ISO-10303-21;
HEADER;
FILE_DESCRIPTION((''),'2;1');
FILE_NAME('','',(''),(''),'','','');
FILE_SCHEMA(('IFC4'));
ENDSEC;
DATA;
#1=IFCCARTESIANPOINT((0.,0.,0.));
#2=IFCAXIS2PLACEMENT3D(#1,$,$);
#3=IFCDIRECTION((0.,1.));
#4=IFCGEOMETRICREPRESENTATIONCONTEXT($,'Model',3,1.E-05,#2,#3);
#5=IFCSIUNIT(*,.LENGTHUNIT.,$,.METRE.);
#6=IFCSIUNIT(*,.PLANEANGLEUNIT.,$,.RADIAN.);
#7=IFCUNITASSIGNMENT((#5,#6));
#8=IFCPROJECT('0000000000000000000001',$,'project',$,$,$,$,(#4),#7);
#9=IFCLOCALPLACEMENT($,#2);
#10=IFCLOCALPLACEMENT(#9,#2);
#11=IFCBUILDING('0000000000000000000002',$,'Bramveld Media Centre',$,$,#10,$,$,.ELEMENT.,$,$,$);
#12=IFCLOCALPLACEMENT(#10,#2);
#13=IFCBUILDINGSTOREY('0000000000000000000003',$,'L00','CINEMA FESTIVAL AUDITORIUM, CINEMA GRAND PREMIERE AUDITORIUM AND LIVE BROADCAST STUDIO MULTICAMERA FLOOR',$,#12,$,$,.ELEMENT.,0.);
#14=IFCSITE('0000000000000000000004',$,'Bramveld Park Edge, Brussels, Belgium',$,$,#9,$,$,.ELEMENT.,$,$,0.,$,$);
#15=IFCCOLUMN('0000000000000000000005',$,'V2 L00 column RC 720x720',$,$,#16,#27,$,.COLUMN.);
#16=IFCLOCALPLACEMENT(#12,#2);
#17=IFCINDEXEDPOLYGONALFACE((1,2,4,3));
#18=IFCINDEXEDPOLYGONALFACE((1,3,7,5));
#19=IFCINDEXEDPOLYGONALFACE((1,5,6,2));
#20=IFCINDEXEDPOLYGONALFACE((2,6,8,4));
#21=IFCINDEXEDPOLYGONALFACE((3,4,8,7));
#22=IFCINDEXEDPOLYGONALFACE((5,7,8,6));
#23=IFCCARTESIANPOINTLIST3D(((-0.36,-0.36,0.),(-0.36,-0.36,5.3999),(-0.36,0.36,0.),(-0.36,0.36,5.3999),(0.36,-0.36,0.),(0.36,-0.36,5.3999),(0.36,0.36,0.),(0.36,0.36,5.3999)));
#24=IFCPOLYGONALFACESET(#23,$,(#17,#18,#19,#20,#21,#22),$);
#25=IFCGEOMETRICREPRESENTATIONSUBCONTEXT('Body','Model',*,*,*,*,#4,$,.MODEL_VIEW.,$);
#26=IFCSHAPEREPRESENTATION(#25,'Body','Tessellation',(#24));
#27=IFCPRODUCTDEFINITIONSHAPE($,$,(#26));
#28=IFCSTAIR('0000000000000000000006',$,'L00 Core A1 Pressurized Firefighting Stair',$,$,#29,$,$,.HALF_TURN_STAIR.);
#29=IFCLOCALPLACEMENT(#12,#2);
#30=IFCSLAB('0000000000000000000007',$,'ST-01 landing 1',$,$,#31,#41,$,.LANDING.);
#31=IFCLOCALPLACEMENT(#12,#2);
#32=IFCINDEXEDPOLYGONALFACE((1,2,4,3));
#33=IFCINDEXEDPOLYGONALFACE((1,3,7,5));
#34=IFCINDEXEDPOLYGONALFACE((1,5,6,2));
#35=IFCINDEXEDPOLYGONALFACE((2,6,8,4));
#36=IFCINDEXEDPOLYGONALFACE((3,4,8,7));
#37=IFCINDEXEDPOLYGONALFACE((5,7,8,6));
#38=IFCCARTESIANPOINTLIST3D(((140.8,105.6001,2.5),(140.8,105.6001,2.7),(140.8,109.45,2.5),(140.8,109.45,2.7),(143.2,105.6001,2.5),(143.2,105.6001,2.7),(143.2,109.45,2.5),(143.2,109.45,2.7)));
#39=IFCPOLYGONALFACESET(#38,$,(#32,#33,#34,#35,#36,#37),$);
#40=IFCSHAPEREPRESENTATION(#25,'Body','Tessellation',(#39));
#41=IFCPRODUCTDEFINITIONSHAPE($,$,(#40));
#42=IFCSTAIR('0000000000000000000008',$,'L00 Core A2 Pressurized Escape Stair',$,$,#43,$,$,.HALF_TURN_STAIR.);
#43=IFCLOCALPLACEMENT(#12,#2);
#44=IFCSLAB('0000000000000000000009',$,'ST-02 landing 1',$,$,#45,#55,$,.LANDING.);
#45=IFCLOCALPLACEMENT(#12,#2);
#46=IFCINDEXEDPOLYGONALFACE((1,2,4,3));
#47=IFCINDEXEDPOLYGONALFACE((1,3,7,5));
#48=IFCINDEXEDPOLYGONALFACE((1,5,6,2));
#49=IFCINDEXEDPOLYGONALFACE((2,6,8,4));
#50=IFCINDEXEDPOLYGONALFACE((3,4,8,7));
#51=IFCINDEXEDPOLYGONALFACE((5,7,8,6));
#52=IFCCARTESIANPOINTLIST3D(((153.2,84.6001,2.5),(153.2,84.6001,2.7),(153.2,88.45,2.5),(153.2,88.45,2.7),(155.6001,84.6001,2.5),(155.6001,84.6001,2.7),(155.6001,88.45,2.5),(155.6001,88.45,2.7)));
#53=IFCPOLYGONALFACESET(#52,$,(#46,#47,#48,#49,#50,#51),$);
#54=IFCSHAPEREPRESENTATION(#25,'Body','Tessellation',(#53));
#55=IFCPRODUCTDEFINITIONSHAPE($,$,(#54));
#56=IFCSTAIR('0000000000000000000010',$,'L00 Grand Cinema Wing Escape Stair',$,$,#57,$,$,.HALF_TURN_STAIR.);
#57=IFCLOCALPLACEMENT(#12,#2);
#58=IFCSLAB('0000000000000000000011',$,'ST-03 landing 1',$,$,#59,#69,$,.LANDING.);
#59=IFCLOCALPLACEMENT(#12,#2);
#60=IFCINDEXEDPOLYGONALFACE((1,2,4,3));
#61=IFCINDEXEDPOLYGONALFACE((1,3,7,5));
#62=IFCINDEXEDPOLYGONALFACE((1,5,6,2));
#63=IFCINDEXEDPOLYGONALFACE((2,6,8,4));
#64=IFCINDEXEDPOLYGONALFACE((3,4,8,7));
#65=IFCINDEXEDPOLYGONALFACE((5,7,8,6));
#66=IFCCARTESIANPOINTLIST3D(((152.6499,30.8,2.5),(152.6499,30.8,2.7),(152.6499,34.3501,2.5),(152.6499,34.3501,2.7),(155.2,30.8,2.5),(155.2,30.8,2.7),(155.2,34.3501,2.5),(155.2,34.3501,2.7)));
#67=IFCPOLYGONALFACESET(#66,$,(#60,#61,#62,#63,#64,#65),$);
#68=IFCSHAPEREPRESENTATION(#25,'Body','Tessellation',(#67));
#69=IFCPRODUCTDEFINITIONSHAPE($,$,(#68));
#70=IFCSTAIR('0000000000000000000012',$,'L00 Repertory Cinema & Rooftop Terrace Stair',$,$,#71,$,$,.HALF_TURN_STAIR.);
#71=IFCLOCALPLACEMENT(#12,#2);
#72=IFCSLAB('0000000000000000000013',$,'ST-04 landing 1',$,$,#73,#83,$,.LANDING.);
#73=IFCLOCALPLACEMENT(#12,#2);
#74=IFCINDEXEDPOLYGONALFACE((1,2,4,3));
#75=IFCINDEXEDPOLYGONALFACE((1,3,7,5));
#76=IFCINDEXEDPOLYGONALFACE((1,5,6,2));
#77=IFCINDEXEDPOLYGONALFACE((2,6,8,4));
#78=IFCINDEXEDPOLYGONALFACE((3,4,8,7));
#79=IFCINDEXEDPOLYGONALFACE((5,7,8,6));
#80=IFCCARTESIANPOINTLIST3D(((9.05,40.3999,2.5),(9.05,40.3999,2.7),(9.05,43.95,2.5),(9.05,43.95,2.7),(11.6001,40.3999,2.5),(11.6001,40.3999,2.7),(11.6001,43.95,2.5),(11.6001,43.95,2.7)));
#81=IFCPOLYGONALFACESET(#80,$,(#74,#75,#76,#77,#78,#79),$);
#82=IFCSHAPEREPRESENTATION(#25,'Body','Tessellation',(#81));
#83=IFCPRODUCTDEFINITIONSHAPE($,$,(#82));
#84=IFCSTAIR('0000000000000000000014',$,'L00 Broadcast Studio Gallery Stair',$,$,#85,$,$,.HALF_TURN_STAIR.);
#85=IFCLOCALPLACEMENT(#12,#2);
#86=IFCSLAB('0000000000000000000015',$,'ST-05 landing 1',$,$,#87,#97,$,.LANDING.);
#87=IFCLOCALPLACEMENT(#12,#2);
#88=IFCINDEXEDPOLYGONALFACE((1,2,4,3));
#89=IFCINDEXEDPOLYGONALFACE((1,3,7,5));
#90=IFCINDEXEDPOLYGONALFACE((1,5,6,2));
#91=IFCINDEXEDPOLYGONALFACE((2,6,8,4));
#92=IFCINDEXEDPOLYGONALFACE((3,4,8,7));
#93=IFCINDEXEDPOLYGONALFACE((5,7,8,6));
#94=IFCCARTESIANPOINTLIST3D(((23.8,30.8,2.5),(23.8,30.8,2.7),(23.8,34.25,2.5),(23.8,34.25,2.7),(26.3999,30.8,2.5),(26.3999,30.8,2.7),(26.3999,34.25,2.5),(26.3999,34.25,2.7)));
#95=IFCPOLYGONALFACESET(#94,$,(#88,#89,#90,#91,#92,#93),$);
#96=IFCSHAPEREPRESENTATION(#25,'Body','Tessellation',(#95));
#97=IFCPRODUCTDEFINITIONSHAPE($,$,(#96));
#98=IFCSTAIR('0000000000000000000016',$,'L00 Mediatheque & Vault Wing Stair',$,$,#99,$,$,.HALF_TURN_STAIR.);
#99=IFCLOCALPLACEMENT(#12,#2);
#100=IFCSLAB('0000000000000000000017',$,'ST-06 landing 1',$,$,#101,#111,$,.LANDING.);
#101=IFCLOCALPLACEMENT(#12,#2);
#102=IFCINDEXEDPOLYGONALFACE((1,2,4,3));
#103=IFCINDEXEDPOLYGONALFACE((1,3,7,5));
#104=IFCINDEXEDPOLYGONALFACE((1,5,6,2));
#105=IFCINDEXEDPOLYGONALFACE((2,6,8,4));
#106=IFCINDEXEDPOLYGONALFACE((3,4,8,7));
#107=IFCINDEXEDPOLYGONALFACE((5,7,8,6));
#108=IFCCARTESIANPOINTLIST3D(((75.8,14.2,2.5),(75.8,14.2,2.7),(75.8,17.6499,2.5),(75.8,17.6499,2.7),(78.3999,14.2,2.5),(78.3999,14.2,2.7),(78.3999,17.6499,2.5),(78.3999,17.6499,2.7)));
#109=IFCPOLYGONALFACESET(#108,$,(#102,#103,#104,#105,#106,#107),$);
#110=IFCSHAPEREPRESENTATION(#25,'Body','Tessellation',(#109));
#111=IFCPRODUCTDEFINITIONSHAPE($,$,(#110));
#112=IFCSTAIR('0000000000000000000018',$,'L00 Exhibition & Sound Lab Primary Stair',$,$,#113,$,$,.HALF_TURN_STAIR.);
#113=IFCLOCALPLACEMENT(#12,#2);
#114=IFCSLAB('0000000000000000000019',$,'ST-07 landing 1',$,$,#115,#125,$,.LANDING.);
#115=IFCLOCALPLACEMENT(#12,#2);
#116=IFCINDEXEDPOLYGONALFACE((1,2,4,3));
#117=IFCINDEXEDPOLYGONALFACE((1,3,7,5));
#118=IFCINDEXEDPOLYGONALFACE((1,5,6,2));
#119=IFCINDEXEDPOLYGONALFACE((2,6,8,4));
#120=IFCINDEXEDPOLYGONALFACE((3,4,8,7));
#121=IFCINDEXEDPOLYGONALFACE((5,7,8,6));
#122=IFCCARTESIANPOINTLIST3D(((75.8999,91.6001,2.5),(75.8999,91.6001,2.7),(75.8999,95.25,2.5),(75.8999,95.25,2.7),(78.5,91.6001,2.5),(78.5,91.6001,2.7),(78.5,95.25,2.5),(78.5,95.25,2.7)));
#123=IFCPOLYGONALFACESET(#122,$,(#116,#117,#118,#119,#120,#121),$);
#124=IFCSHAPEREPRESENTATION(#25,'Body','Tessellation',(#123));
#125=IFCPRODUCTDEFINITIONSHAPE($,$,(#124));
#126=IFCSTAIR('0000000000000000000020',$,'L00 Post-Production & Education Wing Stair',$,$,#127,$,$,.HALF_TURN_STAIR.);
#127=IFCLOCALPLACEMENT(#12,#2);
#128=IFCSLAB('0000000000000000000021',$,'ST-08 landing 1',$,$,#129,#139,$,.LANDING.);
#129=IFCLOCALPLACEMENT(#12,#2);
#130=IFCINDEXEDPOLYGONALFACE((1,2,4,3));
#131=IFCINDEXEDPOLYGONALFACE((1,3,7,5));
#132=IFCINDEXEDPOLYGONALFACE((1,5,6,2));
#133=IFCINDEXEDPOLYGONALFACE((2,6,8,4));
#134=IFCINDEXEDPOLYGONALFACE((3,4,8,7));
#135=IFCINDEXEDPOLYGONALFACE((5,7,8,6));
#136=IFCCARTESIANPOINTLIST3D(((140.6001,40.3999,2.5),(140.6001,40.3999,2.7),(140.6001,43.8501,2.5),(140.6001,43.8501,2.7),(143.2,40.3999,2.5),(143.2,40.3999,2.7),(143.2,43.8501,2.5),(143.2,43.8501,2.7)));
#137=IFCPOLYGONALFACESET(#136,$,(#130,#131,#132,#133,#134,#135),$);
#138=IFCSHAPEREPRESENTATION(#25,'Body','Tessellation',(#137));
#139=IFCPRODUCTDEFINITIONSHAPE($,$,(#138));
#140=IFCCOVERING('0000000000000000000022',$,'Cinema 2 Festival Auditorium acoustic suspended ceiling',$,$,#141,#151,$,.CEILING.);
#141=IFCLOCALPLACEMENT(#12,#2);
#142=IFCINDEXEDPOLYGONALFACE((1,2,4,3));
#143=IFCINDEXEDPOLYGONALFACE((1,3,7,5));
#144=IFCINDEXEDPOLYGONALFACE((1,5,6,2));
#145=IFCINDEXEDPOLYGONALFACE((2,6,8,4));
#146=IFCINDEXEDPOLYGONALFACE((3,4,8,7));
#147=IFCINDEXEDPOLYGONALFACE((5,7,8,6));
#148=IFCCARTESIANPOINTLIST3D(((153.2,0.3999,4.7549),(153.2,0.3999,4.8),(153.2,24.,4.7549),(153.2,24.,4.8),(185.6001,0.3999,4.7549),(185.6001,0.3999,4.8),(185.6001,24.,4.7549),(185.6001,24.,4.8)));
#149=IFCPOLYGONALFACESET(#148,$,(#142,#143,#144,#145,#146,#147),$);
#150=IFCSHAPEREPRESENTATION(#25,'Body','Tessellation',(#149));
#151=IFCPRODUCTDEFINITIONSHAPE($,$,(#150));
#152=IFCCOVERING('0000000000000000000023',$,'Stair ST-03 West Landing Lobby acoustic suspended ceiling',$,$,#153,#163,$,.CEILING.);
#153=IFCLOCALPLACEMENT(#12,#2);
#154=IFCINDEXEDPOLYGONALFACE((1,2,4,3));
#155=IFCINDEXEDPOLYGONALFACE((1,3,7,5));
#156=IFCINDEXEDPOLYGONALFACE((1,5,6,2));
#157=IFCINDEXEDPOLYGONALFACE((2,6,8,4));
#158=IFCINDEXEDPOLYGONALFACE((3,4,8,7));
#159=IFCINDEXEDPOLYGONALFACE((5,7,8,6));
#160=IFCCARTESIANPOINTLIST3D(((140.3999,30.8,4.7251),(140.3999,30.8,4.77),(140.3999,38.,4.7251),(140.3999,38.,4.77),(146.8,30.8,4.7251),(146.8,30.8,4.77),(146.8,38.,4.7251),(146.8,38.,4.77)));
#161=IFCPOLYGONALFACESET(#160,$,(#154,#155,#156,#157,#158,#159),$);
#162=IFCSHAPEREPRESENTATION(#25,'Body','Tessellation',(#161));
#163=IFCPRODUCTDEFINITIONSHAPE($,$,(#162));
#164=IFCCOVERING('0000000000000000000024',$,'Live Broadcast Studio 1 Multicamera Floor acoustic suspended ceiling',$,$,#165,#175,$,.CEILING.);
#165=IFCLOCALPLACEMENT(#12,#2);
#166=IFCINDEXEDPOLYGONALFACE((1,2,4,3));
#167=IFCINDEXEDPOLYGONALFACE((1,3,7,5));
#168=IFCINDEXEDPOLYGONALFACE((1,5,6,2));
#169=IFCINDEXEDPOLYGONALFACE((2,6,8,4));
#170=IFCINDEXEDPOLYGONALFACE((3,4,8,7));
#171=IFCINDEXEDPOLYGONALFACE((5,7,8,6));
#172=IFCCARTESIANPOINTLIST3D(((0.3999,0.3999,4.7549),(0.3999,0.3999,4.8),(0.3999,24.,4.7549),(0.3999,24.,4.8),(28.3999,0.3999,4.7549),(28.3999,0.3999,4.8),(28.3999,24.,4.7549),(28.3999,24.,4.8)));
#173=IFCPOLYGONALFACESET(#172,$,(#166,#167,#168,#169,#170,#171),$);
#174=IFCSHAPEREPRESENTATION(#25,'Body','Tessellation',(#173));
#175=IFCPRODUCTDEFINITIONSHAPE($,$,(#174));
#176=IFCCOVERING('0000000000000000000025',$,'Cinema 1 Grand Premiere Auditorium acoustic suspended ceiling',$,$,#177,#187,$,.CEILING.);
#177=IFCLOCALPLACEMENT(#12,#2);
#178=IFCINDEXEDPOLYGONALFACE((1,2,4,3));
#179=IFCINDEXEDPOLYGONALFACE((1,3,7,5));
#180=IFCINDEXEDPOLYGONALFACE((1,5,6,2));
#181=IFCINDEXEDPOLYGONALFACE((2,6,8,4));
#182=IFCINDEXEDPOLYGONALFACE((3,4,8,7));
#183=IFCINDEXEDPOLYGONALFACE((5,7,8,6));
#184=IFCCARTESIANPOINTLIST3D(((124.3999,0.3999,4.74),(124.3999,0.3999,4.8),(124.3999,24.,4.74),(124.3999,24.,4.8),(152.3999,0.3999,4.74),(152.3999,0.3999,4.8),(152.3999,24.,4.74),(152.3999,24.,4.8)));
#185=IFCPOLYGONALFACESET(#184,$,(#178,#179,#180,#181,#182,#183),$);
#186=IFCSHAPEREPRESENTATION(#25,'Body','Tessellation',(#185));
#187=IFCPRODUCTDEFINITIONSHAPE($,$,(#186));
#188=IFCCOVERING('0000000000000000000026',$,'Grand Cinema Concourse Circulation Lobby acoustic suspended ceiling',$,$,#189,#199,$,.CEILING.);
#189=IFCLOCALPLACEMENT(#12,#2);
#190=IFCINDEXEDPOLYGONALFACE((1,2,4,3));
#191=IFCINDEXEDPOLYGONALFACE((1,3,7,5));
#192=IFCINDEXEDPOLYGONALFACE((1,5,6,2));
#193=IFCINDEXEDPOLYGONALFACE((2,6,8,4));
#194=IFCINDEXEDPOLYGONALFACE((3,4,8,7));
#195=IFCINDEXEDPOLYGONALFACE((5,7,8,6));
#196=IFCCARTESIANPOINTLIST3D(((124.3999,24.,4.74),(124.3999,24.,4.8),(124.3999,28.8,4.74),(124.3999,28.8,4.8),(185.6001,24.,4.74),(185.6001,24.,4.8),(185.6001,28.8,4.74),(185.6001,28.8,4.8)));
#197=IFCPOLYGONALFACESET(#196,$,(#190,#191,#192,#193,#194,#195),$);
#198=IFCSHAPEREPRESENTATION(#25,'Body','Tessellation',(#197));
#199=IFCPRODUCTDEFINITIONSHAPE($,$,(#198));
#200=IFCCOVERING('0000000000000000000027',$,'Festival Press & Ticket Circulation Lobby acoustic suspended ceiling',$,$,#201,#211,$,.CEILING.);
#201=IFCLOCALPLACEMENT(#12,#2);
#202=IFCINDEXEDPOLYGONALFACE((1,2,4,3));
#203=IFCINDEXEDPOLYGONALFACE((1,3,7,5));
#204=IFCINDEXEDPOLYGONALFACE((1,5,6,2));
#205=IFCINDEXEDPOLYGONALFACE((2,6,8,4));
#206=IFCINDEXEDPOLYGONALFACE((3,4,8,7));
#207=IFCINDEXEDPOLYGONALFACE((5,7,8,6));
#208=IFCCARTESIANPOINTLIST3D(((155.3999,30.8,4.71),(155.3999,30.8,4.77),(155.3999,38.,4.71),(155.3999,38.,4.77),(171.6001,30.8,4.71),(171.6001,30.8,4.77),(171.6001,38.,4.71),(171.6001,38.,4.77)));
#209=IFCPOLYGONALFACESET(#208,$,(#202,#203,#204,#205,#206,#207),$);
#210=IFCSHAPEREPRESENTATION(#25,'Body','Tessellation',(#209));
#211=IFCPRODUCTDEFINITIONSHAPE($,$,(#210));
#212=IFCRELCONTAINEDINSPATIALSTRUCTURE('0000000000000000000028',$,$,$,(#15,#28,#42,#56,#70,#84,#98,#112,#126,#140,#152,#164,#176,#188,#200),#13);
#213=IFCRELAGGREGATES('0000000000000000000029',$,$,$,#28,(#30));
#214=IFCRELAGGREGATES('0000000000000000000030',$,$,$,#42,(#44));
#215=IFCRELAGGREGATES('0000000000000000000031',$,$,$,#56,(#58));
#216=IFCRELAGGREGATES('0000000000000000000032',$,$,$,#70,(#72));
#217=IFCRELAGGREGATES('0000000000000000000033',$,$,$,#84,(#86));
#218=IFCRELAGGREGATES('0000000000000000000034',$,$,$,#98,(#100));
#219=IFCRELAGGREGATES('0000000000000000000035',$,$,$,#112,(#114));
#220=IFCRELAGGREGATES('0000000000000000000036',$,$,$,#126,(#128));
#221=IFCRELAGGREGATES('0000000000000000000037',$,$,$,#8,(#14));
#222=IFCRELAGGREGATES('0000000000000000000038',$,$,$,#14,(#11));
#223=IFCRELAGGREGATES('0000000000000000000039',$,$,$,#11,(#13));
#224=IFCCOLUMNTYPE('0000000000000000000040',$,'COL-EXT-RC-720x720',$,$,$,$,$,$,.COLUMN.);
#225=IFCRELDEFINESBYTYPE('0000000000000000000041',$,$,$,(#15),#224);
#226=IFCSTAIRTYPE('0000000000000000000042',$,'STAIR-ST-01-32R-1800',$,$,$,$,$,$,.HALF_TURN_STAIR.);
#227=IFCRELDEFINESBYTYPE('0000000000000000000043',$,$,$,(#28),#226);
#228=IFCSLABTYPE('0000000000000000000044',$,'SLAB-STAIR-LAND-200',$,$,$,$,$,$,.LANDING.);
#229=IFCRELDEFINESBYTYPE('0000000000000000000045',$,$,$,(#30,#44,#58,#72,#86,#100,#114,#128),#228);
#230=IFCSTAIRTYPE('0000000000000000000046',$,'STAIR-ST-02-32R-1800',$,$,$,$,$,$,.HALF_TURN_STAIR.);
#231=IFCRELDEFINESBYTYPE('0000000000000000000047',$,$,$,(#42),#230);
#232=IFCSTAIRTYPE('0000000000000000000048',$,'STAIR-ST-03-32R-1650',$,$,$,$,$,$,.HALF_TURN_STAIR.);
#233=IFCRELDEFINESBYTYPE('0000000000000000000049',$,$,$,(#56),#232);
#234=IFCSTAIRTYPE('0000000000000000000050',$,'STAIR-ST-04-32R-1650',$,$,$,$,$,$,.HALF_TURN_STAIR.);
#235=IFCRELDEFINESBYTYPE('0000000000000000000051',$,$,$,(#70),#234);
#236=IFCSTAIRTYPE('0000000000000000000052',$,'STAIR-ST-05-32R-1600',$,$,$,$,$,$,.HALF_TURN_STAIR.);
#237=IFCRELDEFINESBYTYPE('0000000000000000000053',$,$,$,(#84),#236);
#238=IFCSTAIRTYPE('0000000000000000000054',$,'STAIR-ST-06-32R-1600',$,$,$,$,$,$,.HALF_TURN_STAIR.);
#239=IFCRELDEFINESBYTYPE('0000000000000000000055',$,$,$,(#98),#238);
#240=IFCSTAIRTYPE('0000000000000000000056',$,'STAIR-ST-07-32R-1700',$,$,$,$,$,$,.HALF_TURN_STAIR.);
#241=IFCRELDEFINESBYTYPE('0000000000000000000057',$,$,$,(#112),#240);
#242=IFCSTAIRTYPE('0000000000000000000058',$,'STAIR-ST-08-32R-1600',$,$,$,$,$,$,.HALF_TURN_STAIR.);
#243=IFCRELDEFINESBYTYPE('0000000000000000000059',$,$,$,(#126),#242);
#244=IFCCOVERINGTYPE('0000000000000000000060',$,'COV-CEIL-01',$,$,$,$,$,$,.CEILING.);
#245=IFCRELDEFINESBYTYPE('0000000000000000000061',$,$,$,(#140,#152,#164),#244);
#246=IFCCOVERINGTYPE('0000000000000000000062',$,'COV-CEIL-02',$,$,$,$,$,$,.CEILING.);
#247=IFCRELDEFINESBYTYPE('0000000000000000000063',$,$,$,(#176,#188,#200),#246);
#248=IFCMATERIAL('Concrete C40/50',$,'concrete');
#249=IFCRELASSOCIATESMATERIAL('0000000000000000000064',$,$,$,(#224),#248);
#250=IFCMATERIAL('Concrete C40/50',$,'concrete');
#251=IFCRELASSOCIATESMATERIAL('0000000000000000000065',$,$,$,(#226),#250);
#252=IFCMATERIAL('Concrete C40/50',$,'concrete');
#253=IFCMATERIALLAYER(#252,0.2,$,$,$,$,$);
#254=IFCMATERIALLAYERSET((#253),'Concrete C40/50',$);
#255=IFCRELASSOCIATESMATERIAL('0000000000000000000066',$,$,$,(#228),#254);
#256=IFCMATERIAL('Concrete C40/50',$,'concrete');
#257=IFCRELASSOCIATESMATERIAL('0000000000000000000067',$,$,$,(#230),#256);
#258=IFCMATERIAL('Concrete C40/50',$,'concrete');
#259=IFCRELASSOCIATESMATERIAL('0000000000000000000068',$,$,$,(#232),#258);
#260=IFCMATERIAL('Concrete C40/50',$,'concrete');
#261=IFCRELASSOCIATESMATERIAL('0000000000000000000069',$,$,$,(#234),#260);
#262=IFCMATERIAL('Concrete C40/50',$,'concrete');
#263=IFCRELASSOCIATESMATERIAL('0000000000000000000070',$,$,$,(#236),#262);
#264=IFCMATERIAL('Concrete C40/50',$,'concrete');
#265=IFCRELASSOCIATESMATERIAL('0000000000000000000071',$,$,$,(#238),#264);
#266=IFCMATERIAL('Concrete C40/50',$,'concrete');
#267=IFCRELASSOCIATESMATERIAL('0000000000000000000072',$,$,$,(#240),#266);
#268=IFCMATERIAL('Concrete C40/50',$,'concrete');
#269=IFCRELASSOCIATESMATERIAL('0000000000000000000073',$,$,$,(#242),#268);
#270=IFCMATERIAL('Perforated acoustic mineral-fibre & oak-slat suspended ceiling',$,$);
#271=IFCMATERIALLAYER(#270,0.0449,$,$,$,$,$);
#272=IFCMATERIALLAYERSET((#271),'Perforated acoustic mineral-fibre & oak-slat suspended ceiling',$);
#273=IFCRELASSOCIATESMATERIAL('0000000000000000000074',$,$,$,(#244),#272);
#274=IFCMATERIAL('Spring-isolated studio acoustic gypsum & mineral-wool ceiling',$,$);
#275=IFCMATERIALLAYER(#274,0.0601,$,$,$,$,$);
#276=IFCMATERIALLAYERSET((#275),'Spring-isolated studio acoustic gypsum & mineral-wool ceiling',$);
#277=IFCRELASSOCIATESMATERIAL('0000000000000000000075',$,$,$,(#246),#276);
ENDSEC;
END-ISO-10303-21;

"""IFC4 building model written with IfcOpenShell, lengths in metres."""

from ifc_helpers import new_model, si_unit, direction, frame, origin, origin_with_axes, origin_2d, place, context, subcontext, project, spatial, polyline, rectangle, outline, extrude, material, layer, layer_set, material_profile, profile_set, type_object, element, aggregate, save


model = new_model("IFC4")

# Units and contexts
model_context = context("Model", 3, precision=1e-05, world=origin(), true_north=direction((0.0, 1.0)))
body_context = subcontext(model_context, "Body", "Model", "MODEL_VIEW")
ifc_project = project(units=[si_unit("LENGTHUNIT", "METRE"), si_unit("PLANEANGLEUNIT", "RADIAN")], contexts=[model_context])

# Site, building, storey
site_placement = place(None, origin())
site = spatial("IfcSite", under=ifc_project, at=site_placement, Name="Bramveld Park Edge, Brussels, Belgium", CompositionType="ELEMENT", RefElevation=0.0)
building_placement = place(site_placement, origin())
building = spatial("IfcBuilding", under=site, at=building_placement, Name="Bramveld Media Centre", CompositionType="ELEMENT")
storey_placement = place(building_placement, origin())
storey = spatial("IfcBuildingStorey", under=building, at=storey_placement, Name="L00", Description="CINEMA FESTIVAL AUDITORIUM, CINEMA GRAND PREMIERE AUDITORIUM AND LIVE BROADCAST STUDIO MULTICAMERA FLOOR", CompositionType="ELEMENT", Elevation=0.0)

# Column
ifc_material_1 = material(Name="Concrete C40/50", Category="concrete")
ifc_material_profile = material_profile(ifc_material_1, rectangle(XDim=0.72, YDim=0.72, at=origin_2d()), Name="RC 720x720")
ifc_profile_set = profile_set([ifc_material_profile], Name="Concrete C40/50")
column_type = type_object("IfcColumnType", Name="COL-EXT-RC-720x720", PredefinedType="COLUMN", material=ifc_profile_set)
column_placement = place(storey_placement, origin_with_axes())
element("IfcColumn", 1, at=column_placement, inside=storey, type_object=column_type, Name="V2 L00 column RC 720x720", PredefinedType="COLUMN", context=body_context, shape_type="SweptSolid", body=[
    extrude(rectangle(XDim=0.72, YDim=0.72, at=origin_2d()), origin(), (0.0, 0.0, 1.0), 5.3999),
])

# Stairs, slabs
ifc_material_2 = material(Name="Concrete C40/50", Category="concrete")
stair_type_1 = type_object("IfcStairType", Name="STAIR-ST-01-32R-1800", PredefinedType="HALF_TURN_STAIR", material=ifc_material_2)
stair_1_placement = place(storey_placement, origin())
stair_1 = element("IfcStair", 2, at=stair_1_placement, inside=storey, type_object=stair_type_1, Name="L00 Core A1 Pressurized Firefighting Stair", PredefinedType="HALF_TURN_STAIR")
ifc_material_3 = material(Name="Concrete C40/50", Category="concrete")
ifc_layer_1 = layer(ifc_material_3, 0.2)
ifc_layer_set_1 = layer_set([ifc_layer_1], Name="Concrete C40/50")
slab_type = type_object("IfcSlabType", Name="SLAB-STAIR-LAND-200", PredefinedType="LANDING", material=ifc_layer_set_1)
slab_1_placement = place(storey_placement, frame((0.0, 0.0, 2.5)))
slab_1 = element("IfcSlab", 3, at=slab_1_placement, type_object=slab_type, Name="ST-01 landing 1", PredefinedType="LANDING", context=body_context, shape_type="SweptSolid", body=[
    extrude(outline(polyline([(140.8, 105.6001), (143.2, 105.6001), (143.2, 109.45), (140.8, 109.45), (140.8, 105.6001)])), origin(), (0.0, 0.0, 1.0), 0.2),
])
aggregate(stair_1, [slab_1])
ifc_material_4 = material(Name="Concrete C40/50", Category="concrete")
stair_type_2 = type_object("IfcStairType", Name="STAIR-ST-02-32R-1800", PredefinedType="HALF_TURN_STAIR", material=ifc_material_4)
stair_2_placement = place(storey_placement, origin())
stair_2 = element("IfcStair", 4, at=stair_2_placement, inside=storey, type_object=stair_type_2, Name="L00 Core A2 Pressurized Escape Stair", PredefinedType="HALF_TURN_STAIR")
slab_2_placement = place(storey_placement, frame((0.0, 0.0, 2.5)))
slab_2 = element("IfcSlab", 5, at=slab_2_placement, type_object=slab_type, Name="ST-02 landing 1", PredefinedType="LANDING", context=body_context, shape_type="SweptSolid", body=[
    extrude(outline(polyline([(153.2, 84.6001), (155.6001, 84.6001), (155.6001, 88.45), (153.2, 88.45), (153.2, 84.6001)])), origin(), (0.0, 0.0, 1.0), 0.2),
])
aggregate(stair_2, [slab_2])
ifc_material_5 = material(Name="Concrete C40/50", Category="concrete")
stair_type_3 = type_object("IfcStairType", Name="STAIR-ST-03-32R-1650", PredefinedType="HALF_TURN_STAIR", material=ifc_material_5)
stair_3_placement = place(storey_placement, origin())
stair_3 = element("IfcStair", 6, at=stair_3_placement, inside=storey, type_object=stair_type_3, Name="L00 Grand Cinema Wing Escape Stair", PredefinedType="HALF_TURN_STAIR")
slab_3_placement = place(storey_placement, frame((0.0, 0.0, 2.5)))
slab_3 = element("IfcSlab", 7, at=slab_3_placement, type_object=slab_type, Name="ST-03 landing 1", PredefinedType="LANDING", context=body_context, shape_type="SweptSolid", body=[
    extrude(outline(polyline([(152.6499, 30.8), (155.2, 30.8), (155.2, 34.3501), (152.6499, 34.3501), (152.6499, 30.8)])), origin(), (0.0, 0.0, 1.0), 0.2),
])
aggregate(stair_3, [slab_3])
ifc_material_6 = material(Name="Concrete C40/50", Category="concrete")
stair_type_4 = type_object("IfcStairType", Name="STAIR-ST-04-32R-1650", PredefinedType="HALF_TURN_STAIR", material=ifc_material_6)
stair_4_placement = place(storey_placement, origin())
stair_4 = element("IfcStair", 8, at=stair_4_placement, inside=storey, type_object=stair_type_4, Name="L00 Repertory Cinema & Rooftop Terrace Stair", PredefinedType="HALF_TURN_STAIR")
slab_4_placement = place(storey_placement, frame((0.0, 0.0, 2.5)))
slab_4 = element("IfcSlab", 9, at=slab_4_placement, type_object=slab_type, Name="ST-04 landing 1", PredefinedType="LANDING", context=body_context, shape_type="SweptSolid", body=[
    extrude(outline(polyline([(9.05, 40.3999), (11.6001, 40.3999), (11.6001, 43.95), (9.05, 43.95), (9.05, 40.3999)])), origin(), (0.0, 0.0, 1.0), 0.2),
])
aggregate(stair_4, [slab_4])
ifc_material_7 = material(Name="Concrete C40/50", Category="concrete")
stair_type_5 = type_object("IfcStairType", Name="STAIR-ST-05-32R-1600", PredefinedType="HALF_TURN_STAIR", material=ifc_material_7)
stair_5_placement = place(storey_placement, origin())
stair_5 = element("IfcStair", 10, at=stair_5_placement, inside=storey, type_object=stair_type_5, Name="L00 Broadcast Studio Gallery Stair", PredefinedType="HALF_TURN_STAIR")
slab_5_placement = place(storey_placement, frame((0.0, 0.0, 2.5)))
slab_5 = element("IfcSlab", 11, at=slab_5_placement, type_object=slab_type, Name="ST-05 landing 1", PredefinedType="LANDING", context=body_context, shape_type="SweptSolid", body=[
    extrude(outline(polyline([(23.8, 30.8), (26.3999, 30.8), (26.3999, 34.25), (23.8, 34.25), (23.8, 30.8)])), origin(), (0.0, 0.0, 1.0), 0.2),
])
aggregate(stair_5, [slab_5])
ifc_material_8 = material(Name="Concrete C40/50", Category="concrete")
stair_type_6 = type_object("IfcStairType", Name="STAIR-ST-06-32R-1600", PredefinedType="HALF_TURN_STAIR", material=ifc_material_8)
stair_6_placement = place(storey_placement, origin())
stair_6 = element("IfcStair", 12, at=stair_6_placement, inside=storey, type_object=stair_type_6, Name="L00 Mediatheque & Vault Wing Stair", PredefinedType="HALF_TURN_STAIR")
slab_6_placement = place(storey_placement, frame((0.0, 0.0, 2.5)))
slab_6 = element("IfcSlab", 13, at=slab_6_placement, type_object=slab_type, Name="ST-06 landing 1", PredefinedType="LANDING", context=body_context, shape_type="SweptSolid", body=[
    extrude(outline(polyline([(75.8, 14.2), (78.3999, 14.2), (78.3999, 17.6499), (75.8, 17.6499), (75.8, 14.2)])), origin(), (0.0, 0.0, 1.0), 0.2),
])
aggregate(stair_6, [slab_6])
ifc_material_9 = material(Name="Concrete C40/50", Category="concrete")
stair_type_7 = type_object("IfcStairType", Name="STAIR-ST-07-32R-1700", PredefinedType="HALF_TURN_STAIR", material=ifc_material_9)
stair_7_placement = place(storey_placement, origin())
stair_7 = element("IfcStair", 14, at=stair_7_placement, inside=storey, type_object=stair_type_7, Name="L00 Exhibition & Sound Lab Primary Stair", PredefinedType="HALF_TURN_STAIR")
slab_7_placement = place(storey_placement, frame((0.0, 0.0, 2.5)))
slab_7 = element("IfcSlab", 15, at=slab_7_placement, type_object=slab_type, Name="ST-07 landing 1", PredefinedType="LANDING", context=body_context, shape_type="SweptSolid", body=[
    extrude(outline(polyline([(75.8999, 91.6001), (78.5, 91.6001), (78.5, 95.25), (75.8999, 95.25), (75.8999, 91.6001)])), origin(), (0.0, 0.0, 1.0), 0.2),
])
aggregate(stair_7, [slab_7])
ifc_material_10 = material(Name="Concrete C40/50", Category="concrete")
stair_type_8 = type_object("IfcStairType", Name="STAIR-ST-08-32R-1600", PredefinedType="HALF_TURN_STAIR", material=ifc_material_10)
stair_8_placement = place(storey_placement, origin())
stair_8 = element("IfcStair", 16, at=stair_8_placement, inside=storey, type_object=stair_type_8, Name="L00 Post-Production & Education Wing Stair", PredefinedType="HALF_TURN_STAIR")
slab_8_placement = place(storey_placement, frame((0.0, 0.0, 2.5)))
slab_8 = element("IfcSlab", 17, at=slab_8_placement, type_object=slab_type, Name="ST-08 landing 1", PredefinedType="LANDING", context=body_context, shape_type="SweptSolid", body=[
    extrude(outline(polyline([(140.6001, 40.3999), (143.2, 40.3999), (143.2, 43.8501), (140.6001, 43.8501), (140.6001, 40.3999)])), origin(), (0.0, 0.0, 1.0), 0.2),
])
aggregate(stair_8, [slab_8])

# Coverings
ifc_material_11 = material(Name="Perforated acoustic mineral-fibre & oak-slat suspended ceiling")
ifc_layer_2 = layer(ifc_material_11, 0.0449)
ifc_layer_set_2 = layer_set([ifc_layer_2], Name="Perforated acoustic mineral-fibre & oak-slat suspended ceiling")
covering_type_1 = type_object("IfcCoveringType", Name="COV-CEIL-01", PredefinedType="CEILING", material=ifc_layer_set_2)
covering_1_placement = place(storey_placement, frame((0.0, 0.0, 4.7549)))
element("IfcCovering", 18, at=covering_1_placement, inside=storey, type_object=covering_type_1, Name="Cinema 2 Festival Auditorium acoustic suspended ceiling", PredefinedType="CEILING", context=body_context, shape_type="SweptSolid", body=[
    extrude(outline(polyline([(153.2, 0.3999), (185.6001, 0.3999), (185.6001, 24.0), (153.2, 24.0), (153.2, 0.3999)])), origin(), (0.0, 0.0, 1.0), 0.0452),
])
covering_2_placement = place(storey_placement, frame((0.0, 0.0, 4.7251)))
element("IfcCovering", 19, at=covering_2_placement, inside=storey, type_object=covering_type_1, Name="Stair ST-03 West Landing Lobby acoustic suspended ceiling", PredefinedType="CEILING", context=body_context, shape_type="SweptSolid", body=[
    extrude(outline(polyline([(140.3999, 30.8), (146.8, 30.8), (146.8, 38.0), (140.3999, 38.0), (140.3999, 30.8)])), origin(), (0.0, 0.0, 1.0), 0.0449),
])
covering_3_placement = place(storey_placement, frame((0.0, 0.0, 4.7549)))
element("IfcCovering", 20, at=covering_3_placement, inside=storey, type_object=covering_type_1, Name="Live Broadcast Studio 1 Multicamera Floor acoustic suspended ceiling", PredefinedType="CEILING", context=body_context, shape_type="SweptSolid", body=[
    extrude(outline(polyline([(0.3999, 0.3999), (28.3999, 0.3999), (28.3999, 24.0), (0.3999, 24.0), (0.3999, 0.3999)])), origin(), (0.0, 0.0, 1.0), 0.0452),
])
ifc_material_12 = material(Name="Spring-isolated studio acoustic gypsum & mineral-wool ceiling")
ifc_layer_3 = layer(ifc_material_12, 0.0601)
ifc_layer_set_3 = layer_set([ifc_layer_3], Name="Spring-isolated studio acoustic gypsum & mineral-wool ceiling")
covering_type_2 = type_object("IfcCoveringType", Name="COV-CEIL-02", PredefinedType="CEILING", material=ifc_layer_set_3)
covering_4_placement = place(storey_placement, frame((0.0, 0.0, 4.74)))
element("IfcCovering", 21, at=covering_4_placement, inside=storey, type_object=covering_type_2, Name="Cinema 1 Grand Premiere Auditorium acoustic suspended ceiling", PredefinedType="CEILING", context=body_context, shape_type="SweptSolid", body=[
    extrude(outline(polyline([(124.3999, 0.3999), (152.3999, 0.3999), (152.3999, 24.0), (124.3999, 24.0), (124.3999, 0.3999)])), origin(), (0.0, 0.0, 1.0), 0.0601),
])
covering_5_placement = place(storey_placement, frame((0.0, 0.0, 4.74)))
element("IfcCovering", 22, at=covering_5_placement, inside=storey, type_object=covering_type_2, Name="Grand Cinema Concourse Circulation Lobby acoustic suspended ceiling", PredefinedType="CEILING", context=body_context, shape_type="SweptSolid", body=[
    extrude(outline(polyline([(124.3999, 24.0), (185.6001, 24.0), (185.6001, 28.8), (124.3999, 28.8), (124.3999, 24.0)])), origin(), (0.0, 0.0, 1.0), 0.0601),
])
covering_6_placement = place(storey_placement, frame((0.0, 0.0, 4.71)))
element("IfcCovering", 23, at=covering_6_placement, inside=storey, type_object=covering_type_2, Name="Festival Press & Ticket Circulation Lobby acoustic suspended ceiling", PredefinedType="CEILING", context=body_context, shape_type="SweptSolid", body=[
    extrude(outline(polyline([(155.3999, 30.8), (171.6001, 30.8), (171.6001, 38.0), (155.3999, 38.0), (155.3999, 30.8)])), origin(), (0.0, 0.0, 1.0), 0.0601),
])

save(model, "model.ifc")
